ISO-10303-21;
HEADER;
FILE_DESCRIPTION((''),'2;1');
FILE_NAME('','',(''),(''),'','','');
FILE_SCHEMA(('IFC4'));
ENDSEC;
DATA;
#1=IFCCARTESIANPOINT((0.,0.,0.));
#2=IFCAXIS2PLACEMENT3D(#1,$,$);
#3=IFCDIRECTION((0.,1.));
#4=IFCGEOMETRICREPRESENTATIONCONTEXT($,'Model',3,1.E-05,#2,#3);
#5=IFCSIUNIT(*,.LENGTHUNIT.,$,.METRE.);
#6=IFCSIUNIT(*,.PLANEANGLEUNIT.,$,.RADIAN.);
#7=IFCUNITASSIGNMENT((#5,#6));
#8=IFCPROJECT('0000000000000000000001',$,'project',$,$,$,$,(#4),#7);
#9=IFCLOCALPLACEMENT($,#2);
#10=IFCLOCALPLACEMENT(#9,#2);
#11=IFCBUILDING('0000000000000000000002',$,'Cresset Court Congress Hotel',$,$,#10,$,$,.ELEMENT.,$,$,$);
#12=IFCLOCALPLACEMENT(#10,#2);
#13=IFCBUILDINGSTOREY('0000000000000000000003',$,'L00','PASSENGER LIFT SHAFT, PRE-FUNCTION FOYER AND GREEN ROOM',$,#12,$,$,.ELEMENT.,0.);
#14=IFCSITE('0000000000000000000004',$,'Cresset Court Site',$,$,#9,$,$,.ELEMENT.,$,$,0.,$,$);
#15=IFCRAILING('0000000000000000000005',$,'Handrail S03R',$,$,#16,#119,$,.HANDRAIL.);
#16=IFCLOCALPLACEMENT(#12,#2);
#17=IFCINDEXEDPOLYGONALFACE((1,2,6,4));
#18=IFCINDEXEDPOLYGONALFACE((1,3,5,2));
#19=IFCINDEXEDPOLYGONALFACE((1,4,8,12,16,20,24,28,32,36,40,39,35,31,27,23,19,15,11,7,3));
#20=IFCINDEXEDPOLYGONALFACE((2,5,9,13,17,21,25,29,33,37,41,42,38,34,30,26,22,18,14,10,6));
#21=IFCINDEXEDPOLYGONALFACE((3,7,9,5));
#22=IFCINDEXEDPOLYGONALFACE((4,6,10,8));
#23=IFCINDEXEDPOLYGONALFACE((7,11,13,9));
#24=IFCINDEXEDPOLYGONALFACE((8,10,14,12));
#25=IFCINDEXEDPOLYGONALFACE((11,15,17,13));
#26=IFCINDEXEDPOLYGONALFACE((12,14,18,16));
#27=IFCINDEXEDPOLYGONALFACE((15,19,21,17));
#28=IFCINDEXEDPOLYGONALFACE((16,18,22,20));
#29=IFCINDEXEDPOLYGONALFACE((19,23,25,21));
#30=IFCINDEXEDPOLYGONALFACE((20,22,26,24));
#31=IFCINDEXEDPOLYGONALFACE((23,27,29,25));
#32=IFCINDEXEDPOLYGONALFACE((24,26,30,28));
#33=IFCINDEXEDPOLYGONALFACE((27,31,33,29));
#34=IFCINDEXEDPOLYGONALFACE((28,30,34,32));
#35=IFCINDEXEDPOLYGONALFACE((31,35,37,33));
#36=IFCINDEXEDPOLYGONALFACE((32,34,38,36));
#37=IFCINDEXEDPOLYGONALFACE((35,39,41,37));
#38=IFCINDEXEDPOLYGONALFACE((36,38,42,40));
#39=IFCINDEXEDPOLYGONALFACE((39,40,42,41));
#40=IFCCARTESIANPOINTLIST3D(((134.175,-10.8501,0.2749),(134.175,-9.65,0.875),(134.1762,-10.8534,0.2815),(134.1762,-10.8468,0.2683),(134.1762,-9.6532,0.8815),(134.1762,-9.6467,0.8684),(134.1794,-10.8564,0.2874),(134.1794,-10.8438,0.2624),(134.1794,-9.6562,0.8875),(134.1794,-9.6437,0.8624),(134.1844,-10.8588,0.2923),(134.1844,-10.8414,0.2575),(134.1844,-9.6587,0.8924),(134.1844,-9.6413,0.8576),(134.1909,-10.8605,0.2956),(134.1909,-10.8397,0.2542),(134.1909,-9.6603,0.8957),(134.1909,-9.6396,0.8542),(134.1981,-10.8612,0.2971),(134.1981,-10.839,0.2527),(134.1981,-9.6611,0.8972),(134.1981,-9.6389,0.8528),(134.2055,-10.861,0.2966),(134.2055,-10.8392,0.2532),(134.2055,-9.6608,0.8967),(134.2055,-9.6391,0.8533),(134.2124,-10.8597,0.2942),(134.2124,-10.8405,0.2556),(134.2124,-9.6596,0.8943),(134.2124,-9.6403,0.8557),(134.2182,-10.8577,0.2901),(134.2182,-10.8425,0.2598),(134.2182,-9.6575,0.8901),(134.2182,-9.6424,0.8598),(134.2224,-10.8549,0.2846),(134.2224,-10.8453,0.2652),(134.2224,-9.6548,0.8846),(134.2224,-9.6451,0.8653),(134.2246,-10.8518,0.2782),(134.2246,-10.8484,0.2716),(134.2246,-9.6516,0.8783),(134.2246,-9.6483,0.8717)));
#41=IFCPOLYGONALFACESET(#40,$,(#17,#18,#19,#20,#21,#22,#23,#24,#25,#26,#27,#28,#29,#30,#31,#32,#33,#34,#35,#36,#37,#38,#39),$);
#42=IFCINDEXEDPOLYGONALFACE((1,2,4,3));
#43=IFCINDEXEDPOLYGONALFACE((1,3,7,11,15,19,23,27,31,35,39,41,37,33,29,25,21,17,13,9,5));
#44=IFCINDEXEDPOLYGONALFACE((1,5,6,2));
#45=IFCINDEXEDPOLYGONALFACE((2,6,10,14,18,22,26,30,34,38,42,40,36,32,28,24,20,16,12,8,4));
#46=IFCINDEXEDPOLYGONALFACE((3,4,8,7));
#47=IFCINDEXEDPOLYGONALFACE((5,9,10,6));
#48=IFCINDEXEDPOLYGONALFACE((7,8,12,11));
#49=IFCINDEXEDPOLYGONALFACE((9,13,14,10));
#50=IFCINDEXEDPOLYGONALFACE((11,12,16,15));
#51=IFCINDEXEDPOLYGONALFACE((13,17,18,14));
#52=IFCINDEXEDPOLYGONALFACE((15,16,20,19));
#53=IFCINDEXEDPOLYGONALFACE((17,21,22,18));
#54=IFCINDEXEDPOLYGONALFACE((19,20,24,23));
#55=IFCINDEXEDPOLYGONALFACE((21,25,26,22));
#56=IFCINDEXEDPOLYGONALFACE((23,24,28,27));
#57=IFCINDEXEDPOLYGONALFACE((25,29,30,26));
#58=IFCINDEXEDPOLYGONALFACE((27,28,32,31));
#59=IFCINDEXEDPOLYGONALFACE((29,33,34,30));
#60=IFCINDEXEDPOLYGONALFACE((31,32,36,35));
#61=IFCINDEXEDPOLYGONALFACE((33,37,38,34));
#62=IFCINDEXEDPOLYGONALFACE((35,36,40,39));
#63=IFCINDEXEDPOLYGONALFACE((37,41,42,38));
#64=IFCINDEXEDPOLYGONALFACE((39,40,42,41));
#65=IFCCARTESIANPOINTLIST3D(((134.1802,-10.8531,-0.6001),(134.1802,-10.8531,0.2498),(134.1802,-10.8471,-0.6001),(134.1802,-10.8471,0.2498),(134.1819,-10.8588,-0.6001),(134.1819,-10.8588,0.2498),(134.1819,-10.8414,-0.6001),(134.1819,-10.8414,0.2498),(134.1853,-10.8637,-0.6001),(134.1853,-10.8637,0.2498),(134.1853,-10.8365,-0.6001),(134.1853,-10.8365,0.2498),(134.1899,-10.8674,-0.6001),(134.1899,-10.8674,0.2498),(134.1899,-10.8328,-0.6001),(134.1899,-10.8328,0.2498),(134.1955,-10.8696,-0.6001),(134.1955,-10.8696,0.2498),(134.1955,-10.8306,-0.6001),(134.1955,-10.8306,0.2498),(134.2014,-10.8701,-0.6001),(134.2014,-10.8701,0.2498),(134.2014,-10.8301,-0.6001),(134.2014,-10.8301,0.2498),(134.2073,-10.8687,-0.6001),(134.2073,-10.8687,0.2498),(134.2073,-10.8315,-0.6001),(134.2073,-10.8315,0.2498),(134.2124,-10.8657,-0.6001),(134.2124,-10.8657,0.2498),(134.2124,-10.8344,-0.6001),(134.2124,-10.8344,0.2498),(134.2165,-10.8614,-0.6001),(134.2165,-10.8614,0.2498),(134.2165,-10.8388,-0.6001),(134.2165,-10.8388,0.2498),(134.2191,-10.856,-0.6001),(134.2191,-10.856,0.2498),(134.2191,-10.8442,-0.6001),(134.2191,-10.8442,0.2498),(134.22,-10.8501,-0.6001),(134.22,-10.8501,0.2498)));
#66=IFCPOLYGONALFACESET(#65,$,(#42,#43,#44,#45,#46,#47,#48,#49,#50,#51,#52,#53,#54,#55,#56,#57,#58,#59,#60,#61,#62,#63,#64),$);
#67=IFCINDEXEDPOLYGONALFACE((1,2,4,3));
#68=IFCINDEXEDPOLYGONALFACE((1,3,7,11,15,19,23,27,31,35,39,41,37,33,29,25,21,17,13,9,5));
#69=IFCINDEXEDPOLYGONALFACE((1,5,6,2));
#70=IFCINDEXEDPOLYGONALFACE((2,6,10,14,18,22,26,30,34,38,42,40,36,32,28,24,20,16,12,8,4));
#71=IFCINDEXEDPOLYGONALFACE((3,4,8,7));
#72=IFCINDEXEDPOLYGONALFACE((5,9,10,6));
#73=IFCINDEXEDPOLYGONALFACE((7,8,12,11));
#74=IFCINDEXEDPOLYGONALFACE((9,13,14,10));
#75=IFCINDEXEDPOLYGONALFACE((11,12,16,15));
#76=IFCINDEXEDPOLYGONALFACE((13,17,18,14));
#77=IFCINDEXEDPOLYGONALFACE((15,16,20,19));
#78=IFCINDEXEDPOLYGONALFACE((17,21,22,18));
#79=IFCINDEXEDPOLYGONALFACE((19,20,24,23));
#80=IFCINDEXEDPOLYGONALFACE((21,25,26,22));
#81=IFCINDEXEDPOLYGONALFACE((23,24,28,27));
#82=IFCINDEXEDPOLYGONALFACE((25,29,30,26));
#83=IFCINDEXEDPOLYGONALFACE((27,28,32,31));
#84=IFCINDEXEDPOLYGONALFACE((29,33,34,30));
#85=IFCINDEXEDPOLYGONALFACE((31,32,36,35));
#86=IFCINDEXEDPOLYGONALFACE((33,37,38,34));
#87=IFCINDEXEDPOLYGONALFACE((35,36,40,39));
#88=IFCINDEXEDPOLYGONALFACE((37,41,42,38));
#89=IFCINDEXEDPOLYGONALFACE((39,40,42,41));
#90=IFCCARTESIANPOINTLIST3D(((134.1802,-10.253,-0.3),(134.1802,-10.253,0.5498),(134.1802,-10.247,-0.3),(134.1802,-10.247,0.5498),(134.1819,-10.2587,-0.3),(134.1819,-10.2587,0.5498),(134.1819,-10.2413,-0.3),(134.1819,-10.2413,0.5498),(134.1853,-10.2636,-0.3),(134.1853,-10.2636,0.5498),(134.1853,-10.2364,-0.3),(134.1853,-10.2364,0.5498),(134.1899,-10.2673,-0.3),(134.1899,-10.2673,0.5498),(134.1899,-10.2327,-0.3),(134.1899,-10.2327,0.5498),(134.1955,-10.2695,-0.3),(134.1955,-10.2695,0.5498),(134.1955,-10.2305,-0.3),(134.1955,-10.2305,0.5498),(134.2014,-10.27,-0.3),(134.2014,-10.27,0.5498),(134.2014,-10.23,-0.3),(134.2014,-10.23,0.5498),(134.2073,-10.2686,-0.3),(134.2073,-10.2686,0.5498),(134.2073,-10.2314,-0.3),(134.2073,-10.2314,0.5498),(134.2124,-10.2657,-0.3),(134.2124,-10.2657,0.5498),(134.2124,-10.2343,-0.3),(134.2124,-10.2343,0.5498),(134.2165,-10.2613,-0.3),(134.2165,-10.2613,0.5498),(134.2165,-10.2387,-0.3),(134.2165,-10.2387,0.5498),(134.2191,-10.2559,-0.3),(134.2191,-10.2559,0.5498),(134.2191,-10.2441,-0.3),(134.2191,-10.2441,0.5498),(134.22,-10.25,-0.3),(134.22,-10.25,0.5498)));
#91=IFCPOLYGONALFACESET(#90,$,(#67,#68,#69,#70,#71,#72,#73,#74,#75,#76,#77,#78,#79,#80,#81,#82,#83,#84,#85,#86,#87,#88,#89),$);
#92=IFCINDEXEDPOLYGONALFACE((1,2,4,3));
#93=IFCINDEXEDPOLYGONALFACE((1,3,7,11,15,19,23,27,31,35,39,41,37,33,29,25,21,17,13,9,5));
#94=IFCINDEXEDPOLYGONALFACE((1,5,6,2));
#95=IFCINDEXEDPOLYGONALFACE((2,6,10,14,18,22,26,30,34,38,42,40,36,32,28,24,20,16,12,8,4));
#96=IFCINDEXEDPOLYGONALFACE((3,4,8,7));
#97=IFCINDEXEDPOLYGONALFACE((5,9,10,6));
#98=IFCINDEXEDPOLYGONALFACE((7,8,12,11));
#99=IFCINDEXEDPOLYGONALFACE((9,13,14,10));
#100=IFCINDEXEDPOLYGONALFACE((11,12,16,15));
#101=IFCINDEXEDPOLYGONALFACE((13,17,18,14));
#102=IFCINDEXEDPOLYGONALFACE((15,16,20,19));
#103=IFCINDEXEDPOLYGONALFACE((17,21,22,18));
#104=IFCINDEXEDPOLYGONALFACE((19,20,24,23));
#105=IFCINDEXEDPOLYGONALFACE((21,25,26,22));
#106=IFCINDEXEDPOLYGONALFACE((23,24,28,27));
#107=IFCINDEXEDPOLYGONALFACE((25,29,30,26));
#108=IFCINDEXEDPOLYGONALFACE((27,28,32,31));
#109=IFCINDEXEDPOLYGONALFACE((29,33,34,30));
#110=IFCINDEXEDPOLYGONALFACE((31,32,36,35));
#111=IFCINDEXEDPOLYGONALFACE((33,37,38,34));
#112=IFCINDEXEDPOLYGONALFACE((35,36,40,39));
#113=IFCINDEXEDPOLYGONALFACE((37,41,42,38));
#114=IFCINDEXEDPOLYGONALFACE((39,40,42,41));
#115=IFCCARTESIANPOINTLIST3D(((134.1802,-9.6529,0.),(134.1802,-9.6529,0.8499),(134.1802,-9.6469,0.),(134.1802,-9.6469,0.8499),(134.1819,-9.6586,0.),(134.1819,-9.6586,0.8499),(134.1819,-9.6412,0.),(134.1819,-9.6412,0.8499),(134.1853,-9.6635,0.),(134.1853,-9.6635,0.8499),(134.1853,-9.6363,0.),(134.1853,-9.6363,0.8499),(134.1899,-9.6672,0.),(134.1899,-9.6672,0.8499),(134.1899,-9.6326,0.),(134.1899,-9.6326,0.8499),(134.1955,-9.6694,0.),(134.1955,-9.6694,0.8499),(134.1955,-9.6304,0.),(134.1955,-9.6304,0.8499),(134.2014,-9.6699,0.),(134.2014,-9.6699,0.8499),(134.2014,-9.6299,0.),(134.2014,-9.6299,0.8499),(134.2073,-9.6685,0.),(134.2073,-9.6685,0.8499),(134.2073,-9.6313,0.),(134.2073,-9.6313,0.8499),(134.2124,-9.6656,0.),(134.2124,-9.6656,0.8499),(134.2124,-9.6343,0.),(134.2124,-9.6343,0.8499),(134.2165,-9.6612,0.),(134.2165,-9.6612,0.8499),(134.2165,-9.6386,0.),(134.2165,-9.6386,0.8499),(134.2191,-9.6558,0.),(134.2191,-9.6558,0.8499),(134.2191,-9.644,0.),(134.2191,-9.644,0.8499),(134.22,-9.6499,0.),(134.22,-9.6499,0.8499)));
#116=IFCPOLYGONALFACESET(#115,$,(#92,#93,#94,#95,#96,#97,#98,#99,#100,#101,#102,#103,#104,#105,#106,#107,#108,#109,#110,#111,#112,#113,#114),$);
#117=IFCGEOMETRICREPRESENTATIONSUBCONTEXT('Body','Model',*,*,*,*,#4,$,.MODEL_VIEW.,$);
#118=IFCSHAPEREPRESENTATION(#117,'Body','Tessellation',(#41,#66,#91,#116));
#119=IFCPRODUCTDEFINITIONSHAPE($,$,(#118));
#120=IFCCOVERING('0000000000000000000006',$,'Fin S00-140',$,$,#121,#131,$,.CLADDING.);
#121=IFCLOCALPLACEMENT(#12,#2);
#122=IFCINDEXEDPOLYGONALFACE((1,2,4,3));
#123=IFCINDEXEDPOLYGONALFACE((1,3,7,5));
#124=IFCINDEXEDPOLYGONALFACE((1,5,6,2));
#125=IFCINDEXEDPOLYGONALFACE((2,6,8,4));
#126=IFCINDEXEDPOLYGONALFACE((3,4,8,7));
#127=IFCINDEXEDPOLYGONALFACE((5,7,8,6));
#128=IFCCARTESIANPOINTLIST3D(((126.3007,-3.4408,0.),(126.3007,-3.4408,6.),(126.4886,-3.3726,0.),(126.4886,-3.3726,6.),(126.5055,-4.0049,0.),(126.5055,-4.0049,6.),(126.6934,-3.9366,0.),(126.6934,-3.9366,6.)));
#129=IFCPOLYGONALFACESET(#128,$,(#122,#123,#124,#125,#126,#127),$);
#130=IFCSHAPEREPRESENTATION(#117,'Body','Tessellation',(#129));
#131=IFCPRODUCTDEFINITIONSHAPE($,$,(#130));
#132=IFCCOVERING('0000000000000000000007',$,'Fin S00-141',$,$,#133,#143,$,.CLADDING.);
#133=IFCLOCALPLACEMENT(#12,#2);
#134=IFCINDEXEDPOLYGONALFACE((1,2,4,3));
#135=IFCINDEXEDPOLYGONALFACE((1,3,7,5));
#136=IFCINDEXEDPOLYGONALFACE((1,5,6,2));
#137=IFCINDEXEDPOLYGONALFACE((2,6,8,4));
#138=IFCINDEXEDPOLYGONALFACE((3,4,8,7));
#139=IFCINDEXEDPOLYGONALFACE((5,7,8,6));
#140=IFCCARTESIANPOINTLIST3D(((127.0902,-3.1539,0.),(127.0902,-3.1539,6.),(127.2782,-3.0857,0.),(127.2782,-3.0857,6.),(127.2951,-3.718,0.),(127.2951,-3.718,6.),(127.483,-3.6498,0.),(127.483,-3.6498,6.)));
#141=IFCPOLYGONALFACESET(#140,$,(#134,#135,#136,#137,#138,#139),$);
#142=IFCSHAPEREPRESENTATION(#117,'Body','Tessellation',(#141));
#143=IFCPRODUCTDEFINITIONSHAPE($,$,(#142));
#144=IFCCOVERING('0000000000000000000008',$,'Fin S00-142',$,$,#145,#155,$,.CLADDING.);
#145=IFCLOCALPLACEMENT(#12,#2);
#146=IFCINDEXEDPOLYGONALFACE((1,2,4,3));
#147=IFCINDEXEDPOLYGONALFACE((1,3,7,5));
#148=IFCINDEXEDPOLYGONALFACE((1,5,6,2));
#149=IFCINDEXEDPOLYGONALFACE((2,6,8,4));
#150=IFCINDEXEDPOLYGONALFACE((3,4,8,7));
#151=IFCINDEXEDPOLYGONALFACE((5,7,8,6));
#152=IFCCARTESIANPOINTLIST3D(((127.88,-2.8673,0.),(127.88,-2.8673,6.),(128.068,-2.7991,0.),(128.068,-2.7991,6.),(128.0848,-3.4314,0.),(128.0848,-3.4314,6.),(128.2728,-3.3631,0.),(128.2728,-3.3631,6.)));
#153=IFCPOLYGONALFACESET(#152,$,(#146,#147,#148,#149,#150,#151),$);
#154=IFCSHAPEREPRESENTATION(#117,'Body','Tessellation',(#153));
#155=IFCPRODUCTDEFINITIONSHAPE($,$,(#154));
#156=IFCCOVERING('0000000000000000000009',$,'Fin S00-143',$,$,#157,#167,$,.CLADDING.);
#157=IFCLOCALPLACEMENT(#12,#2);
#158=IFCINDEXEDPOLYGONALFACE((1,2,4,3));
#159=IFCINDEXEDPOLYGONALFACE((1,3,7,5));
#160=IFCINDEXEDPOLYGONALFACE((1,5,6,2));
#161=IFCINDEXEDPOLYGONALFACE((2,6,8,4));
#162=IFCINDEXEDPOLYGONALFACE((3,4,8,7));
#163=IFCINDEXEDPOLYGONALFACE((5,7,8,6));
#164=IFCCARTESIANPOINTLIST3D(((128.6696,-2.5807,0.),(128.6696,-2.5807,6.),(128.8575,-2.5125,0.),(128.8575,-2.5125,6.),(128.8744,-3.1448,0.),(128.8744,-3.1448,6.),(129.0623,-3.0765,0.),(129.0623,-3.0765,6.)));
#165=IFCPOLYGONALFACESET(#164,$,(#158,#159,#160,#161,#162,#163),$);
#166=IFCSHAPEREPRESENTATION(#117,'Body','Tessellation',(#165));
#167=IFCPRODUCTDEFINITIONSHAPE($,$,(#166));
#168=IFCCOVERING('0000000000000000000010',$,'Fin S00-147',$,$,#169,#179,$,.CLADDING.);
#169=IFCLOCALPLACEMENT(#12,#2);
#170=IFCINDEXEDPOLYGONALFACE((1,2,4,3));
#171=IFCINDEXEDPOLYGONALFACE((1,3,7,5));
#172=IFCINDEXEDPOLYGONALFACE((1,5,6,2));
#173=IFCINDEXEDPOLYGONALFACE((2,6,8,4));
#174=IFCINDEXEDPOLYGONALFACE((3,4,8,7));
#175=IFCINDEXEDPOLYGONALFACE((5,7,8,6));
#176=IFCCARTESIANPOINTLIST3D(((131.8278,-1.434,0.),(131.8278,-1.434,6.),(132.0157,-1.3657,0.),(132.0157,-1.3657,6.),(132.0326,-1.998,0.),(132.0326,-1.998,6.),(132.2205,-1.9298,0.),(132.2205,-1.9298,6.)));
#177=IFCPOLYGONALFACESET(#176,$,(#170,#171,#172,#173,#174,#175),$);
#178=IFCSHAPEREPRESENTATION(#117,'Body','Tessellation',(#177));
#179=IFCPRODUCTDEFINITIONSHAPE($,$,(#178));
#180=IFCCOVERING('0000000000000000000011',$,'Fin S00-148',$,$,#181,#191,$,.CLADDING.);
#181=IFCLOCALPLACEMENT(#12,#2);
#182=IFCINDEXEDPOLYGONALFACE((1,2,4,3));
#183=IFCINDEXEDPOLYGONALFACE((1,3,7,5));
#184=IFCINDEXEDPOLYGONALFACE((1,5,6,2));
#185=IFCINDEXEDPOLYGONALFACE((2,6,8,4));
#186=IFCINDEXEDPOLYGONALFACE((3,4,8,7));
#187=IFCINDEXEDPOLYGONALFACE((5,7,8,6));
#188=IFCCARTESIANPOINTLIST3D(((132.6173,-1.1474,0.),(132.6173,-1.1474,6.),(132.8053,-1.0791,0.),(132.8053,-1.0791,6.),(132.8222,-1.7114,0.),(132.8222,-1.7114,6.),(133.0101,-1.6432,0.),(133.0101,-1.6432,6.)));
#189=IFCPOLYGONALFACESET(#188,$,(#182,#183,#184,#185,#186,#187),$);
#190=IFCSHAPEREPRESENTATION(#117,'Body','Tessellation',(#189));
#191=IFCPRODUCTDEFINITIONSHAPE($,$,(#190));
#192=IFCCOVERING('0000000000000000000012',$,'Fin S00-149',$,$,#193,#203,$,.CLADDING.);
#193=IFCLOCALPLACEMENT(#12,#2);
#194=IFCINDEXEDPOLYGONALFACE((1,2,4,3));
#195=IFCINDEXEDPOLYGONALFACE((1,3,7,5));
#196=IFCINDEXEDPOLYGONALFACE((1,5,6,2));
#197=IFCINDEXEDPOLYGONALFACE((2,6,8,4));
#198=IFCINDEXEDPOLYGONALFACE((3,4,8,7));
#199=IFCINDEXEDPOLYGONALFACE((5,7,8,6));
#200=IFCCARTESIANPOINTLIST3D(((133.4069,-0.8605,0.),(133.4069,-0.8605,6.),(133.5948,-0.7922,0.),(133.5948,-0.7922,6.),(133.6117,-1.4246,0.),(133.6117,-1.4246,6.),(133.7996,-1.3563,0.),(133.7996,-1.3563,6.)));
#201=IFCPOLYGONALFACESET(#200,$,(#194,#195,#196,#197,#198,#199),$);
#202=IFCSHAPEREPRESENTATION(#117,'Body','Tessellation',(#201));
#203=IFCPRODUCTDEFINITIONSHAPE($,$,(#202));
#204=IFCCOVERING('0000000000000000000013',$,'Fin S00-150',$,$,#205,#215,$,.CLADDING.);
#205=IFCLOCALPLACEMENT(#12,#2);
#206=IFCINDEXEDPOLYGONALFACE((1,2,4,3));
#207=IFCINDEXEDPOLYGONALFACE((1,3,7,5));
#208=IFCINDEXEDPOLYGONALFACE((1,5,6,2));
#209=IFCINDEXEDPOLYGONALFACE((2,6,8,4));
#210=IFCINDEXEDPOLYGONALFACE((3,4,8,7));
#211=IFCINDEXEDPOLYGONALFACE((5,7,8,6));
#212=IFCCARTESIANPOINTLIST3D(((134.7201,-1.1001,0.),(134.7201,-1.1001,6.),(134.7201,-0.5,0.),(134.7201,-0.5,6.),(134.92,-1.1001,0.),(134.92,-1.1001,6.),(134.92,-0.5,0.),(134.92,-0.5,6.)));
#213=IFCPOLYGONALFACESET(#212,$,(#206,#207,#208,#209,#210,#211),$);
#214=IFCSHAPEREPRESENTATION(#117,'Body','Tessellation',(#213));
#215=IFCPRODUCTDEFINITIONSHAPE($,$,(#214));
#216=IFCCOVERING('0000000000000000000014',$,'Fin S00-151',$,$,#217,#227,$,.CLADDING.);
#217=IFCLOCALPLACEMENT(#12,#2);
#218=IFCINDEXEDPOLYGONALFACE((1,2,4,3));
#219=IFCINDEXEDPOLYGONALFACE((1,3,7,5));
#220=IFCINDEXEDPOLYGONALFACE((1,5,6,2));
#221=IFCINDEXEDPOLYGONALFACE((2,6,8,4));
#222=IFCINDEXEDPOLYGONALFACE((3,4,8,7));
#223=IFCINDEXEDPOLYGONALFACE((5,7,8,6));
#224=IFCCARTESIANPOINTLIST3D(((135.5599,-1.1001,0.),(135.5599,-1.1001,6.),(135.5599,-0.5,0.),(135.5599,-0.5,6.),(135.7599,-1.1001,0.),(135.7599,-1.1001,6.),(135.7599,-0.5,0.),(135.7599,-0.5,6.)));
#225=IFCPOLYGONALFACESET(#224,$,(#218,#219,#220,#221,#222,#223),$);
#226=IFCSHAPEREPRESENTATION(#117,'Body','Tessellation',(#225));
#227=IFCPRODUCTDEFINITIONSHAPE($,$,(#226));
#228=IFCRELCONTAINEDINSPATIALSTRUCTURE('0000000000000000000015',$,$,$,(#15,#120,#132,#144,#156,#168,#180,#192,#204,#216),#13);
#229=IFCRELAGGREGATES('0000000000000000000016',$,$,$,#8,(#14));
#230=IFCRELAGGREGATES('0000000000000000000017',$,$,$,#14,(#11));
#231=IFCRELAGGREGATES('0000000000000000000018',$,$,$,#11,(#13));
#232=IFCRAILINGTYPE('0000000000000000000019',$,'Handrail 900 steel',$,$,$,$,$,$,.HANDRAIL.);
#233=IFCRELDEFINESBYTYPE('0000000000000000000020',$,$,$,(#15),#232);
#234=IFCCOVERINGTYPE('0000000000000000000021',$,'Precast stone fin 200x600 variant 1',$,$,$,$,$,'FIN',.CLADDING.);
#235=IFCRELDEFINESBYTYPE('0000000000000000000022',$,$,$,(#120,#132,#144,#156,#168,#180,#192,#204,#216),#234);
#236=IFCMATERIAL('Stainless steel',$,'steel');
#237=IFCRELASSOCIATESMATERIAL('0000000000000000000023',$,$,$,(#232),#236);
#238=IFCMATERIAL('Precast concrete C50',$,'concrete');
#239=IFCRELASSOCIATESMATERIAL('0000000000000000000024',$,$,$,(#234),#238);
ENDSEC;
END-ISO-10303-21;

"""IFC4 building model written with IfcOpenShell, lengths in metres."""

from ifc_helpers import new_model, si_unit, direction, frame, origin, origin_2d, place, context, subcontext, project, spatial, rectangle, circle, extrude, material, type_object, element, save


model = new_model("IFC4")

# Units and contexts
model_context = context("Model", 3, precision=1e-05, world=origin(), true_north=direction((0.0, 1.0)))
body_context = subcontext(model_context, "Body", "Model", "MODEL_VIEW")
ifc_project = project(units=[si_unit("LENGTHUNIT", "METRE"), si_unit("PLANEANGLEUNIT", "RADIAN")], contexts=[model_context])

# Site, building, storey
site_placement = place(None, origin())
site = spatial("IfcSite", under=ifc_project, at=site_placement, Name="Cresset Court Site", CompositionType="ELEMENT", RefElevation=0.0)
building_placement = place(site_placement, origin())
building = spatial("IfcBuilding", under=site, at=building_placement, Name="Cresset Court Congress Hotel", CompositionType="ELEMENT")
storey_placement = place(building_placement, origin())
storey = spatial("IfcBuildingStorey", under=building, at=storey_placement, Name="L00", Description="PASSENGER LIFT SHAFT, PRE-FUNCTION FOYER AND GREEN ROOM", CompositionType="ELEMENT", Elevation=0.0)

# Railing
ifc_material_1 = material(Name="Stainless steel", Category="steel")
railing_type = type_object("IfcRailingType", Name="Handrail 900 steel", PredefinedType="HANDRAIL", material=ifc_material_1)
railing_placement = place(storey_placement, frame((134.2, -10.8501, -0.6001)))
element("IfcRailing", 1, at=railing_placement, inside=storey, type_object=railing_type, Name="Handrail S03R", PredefinedType="HANDRAIL", context=body_context, shape_type="SweptSolid", body=[
    extrude(circle(Radius=0.0249, at=origin_2d()), frame((0.0, 0.0, 0.875), z_axis=(0.0, 0.894427, 0.447214), x_axis=(-1.0, 0.0, 0.0)), (0.0, 0.0, 1.0), 1.3418),
    extrude(circle(Radius=0.02, at=origin_2d()), origin(), (0.0, 0.0, 1.0), 0.8499),
    extrude(circle(Radius=0.02, at=origin_2d()), frame((0.0, 0.6001, 0.3)), (0.0, 0.0, 1.0), 0.8499),
    extrude(circle(Radius=0.02, at=origin_2d()), frame((0.0, 1.2002, 0.6001)), (0.0, 0.0, 1.0), 0.8499),
])

# Coverings
ifc_material_2 = material(Name="Precast concrete C50", Category="concrete")
covering_type_1 = type_object("IfcCoveringType", Name="Precast stone fin 200x600 variant 1", ElementType="FIN", PredefinedType="CLADDING", material=ifc_material_2)
for number, where, z_axis, x_axis, name in (
    (2, (126.4971, -3.6887, 0.0), (0.0, 0.0, 1.0), (0.939957, 0.341293, 0.0), "Fin S00-140"),
    (3, (127.2866, -3.4019, 0.0), (0.0, 0.0, 1.0), (0.939957, 0.341293, 0.0), "Fin S00-141"),
    (4, (128.0764, -3.1152, 0.0), (0.0, 0.0, 1.0), (0.939957, 0.341293, 0.0), "Fin S00-142"),
    (5, (128.866, -2.8286, 0.0), (0.0, 0.0, 1.0), (0.939957, 0.341293, 0.0), "Fin S00-143"),
    (6, (132.0242, -1.6819, 0.0), (0.0, 0.0, 1.0), (0.939957, 0.341293, 0.0), "Fin S00-147"),
    (7, (132.8137, -1.3953, 0.0), (0.0, 0.0, 1.0), (0.939957, 0.341293, 0.0), "Fin S00-148"),
    (8, (133.6033, -1.1084, 0.0), (0.0, 0.0, 1.0), (0.939957, 0.341293, 0.0), "Fin S00-149"),
    (9, (134.8201, -0.8, 0.0), (0.0, 0.0, 1.0), (1.0, 0.0, 0.0), "Fin S00-150"),
    (10, (135.6599, -0.8, 0.0), (0.0, 0.0, 1.0), (1.0, 0.0, 0.0), "Fin S00-151"),
):
    element("IfcCovering", number, at=place(storey_placement, frame(where, z_axis=z_axis, x_axis=x_axis)), inside=storey, type_object=covering_type_1, Name=name, PredefinedType="CLADDING", context=body_context, shape_type="SweptSolid", body=[
        extrude(rectangle(XDim=0.2, YDim=0.6001, at=origin_2d()), origin(), (0.0, 0.0, 1.0), 6.0),
    ])

save(model, "model.ifc")
